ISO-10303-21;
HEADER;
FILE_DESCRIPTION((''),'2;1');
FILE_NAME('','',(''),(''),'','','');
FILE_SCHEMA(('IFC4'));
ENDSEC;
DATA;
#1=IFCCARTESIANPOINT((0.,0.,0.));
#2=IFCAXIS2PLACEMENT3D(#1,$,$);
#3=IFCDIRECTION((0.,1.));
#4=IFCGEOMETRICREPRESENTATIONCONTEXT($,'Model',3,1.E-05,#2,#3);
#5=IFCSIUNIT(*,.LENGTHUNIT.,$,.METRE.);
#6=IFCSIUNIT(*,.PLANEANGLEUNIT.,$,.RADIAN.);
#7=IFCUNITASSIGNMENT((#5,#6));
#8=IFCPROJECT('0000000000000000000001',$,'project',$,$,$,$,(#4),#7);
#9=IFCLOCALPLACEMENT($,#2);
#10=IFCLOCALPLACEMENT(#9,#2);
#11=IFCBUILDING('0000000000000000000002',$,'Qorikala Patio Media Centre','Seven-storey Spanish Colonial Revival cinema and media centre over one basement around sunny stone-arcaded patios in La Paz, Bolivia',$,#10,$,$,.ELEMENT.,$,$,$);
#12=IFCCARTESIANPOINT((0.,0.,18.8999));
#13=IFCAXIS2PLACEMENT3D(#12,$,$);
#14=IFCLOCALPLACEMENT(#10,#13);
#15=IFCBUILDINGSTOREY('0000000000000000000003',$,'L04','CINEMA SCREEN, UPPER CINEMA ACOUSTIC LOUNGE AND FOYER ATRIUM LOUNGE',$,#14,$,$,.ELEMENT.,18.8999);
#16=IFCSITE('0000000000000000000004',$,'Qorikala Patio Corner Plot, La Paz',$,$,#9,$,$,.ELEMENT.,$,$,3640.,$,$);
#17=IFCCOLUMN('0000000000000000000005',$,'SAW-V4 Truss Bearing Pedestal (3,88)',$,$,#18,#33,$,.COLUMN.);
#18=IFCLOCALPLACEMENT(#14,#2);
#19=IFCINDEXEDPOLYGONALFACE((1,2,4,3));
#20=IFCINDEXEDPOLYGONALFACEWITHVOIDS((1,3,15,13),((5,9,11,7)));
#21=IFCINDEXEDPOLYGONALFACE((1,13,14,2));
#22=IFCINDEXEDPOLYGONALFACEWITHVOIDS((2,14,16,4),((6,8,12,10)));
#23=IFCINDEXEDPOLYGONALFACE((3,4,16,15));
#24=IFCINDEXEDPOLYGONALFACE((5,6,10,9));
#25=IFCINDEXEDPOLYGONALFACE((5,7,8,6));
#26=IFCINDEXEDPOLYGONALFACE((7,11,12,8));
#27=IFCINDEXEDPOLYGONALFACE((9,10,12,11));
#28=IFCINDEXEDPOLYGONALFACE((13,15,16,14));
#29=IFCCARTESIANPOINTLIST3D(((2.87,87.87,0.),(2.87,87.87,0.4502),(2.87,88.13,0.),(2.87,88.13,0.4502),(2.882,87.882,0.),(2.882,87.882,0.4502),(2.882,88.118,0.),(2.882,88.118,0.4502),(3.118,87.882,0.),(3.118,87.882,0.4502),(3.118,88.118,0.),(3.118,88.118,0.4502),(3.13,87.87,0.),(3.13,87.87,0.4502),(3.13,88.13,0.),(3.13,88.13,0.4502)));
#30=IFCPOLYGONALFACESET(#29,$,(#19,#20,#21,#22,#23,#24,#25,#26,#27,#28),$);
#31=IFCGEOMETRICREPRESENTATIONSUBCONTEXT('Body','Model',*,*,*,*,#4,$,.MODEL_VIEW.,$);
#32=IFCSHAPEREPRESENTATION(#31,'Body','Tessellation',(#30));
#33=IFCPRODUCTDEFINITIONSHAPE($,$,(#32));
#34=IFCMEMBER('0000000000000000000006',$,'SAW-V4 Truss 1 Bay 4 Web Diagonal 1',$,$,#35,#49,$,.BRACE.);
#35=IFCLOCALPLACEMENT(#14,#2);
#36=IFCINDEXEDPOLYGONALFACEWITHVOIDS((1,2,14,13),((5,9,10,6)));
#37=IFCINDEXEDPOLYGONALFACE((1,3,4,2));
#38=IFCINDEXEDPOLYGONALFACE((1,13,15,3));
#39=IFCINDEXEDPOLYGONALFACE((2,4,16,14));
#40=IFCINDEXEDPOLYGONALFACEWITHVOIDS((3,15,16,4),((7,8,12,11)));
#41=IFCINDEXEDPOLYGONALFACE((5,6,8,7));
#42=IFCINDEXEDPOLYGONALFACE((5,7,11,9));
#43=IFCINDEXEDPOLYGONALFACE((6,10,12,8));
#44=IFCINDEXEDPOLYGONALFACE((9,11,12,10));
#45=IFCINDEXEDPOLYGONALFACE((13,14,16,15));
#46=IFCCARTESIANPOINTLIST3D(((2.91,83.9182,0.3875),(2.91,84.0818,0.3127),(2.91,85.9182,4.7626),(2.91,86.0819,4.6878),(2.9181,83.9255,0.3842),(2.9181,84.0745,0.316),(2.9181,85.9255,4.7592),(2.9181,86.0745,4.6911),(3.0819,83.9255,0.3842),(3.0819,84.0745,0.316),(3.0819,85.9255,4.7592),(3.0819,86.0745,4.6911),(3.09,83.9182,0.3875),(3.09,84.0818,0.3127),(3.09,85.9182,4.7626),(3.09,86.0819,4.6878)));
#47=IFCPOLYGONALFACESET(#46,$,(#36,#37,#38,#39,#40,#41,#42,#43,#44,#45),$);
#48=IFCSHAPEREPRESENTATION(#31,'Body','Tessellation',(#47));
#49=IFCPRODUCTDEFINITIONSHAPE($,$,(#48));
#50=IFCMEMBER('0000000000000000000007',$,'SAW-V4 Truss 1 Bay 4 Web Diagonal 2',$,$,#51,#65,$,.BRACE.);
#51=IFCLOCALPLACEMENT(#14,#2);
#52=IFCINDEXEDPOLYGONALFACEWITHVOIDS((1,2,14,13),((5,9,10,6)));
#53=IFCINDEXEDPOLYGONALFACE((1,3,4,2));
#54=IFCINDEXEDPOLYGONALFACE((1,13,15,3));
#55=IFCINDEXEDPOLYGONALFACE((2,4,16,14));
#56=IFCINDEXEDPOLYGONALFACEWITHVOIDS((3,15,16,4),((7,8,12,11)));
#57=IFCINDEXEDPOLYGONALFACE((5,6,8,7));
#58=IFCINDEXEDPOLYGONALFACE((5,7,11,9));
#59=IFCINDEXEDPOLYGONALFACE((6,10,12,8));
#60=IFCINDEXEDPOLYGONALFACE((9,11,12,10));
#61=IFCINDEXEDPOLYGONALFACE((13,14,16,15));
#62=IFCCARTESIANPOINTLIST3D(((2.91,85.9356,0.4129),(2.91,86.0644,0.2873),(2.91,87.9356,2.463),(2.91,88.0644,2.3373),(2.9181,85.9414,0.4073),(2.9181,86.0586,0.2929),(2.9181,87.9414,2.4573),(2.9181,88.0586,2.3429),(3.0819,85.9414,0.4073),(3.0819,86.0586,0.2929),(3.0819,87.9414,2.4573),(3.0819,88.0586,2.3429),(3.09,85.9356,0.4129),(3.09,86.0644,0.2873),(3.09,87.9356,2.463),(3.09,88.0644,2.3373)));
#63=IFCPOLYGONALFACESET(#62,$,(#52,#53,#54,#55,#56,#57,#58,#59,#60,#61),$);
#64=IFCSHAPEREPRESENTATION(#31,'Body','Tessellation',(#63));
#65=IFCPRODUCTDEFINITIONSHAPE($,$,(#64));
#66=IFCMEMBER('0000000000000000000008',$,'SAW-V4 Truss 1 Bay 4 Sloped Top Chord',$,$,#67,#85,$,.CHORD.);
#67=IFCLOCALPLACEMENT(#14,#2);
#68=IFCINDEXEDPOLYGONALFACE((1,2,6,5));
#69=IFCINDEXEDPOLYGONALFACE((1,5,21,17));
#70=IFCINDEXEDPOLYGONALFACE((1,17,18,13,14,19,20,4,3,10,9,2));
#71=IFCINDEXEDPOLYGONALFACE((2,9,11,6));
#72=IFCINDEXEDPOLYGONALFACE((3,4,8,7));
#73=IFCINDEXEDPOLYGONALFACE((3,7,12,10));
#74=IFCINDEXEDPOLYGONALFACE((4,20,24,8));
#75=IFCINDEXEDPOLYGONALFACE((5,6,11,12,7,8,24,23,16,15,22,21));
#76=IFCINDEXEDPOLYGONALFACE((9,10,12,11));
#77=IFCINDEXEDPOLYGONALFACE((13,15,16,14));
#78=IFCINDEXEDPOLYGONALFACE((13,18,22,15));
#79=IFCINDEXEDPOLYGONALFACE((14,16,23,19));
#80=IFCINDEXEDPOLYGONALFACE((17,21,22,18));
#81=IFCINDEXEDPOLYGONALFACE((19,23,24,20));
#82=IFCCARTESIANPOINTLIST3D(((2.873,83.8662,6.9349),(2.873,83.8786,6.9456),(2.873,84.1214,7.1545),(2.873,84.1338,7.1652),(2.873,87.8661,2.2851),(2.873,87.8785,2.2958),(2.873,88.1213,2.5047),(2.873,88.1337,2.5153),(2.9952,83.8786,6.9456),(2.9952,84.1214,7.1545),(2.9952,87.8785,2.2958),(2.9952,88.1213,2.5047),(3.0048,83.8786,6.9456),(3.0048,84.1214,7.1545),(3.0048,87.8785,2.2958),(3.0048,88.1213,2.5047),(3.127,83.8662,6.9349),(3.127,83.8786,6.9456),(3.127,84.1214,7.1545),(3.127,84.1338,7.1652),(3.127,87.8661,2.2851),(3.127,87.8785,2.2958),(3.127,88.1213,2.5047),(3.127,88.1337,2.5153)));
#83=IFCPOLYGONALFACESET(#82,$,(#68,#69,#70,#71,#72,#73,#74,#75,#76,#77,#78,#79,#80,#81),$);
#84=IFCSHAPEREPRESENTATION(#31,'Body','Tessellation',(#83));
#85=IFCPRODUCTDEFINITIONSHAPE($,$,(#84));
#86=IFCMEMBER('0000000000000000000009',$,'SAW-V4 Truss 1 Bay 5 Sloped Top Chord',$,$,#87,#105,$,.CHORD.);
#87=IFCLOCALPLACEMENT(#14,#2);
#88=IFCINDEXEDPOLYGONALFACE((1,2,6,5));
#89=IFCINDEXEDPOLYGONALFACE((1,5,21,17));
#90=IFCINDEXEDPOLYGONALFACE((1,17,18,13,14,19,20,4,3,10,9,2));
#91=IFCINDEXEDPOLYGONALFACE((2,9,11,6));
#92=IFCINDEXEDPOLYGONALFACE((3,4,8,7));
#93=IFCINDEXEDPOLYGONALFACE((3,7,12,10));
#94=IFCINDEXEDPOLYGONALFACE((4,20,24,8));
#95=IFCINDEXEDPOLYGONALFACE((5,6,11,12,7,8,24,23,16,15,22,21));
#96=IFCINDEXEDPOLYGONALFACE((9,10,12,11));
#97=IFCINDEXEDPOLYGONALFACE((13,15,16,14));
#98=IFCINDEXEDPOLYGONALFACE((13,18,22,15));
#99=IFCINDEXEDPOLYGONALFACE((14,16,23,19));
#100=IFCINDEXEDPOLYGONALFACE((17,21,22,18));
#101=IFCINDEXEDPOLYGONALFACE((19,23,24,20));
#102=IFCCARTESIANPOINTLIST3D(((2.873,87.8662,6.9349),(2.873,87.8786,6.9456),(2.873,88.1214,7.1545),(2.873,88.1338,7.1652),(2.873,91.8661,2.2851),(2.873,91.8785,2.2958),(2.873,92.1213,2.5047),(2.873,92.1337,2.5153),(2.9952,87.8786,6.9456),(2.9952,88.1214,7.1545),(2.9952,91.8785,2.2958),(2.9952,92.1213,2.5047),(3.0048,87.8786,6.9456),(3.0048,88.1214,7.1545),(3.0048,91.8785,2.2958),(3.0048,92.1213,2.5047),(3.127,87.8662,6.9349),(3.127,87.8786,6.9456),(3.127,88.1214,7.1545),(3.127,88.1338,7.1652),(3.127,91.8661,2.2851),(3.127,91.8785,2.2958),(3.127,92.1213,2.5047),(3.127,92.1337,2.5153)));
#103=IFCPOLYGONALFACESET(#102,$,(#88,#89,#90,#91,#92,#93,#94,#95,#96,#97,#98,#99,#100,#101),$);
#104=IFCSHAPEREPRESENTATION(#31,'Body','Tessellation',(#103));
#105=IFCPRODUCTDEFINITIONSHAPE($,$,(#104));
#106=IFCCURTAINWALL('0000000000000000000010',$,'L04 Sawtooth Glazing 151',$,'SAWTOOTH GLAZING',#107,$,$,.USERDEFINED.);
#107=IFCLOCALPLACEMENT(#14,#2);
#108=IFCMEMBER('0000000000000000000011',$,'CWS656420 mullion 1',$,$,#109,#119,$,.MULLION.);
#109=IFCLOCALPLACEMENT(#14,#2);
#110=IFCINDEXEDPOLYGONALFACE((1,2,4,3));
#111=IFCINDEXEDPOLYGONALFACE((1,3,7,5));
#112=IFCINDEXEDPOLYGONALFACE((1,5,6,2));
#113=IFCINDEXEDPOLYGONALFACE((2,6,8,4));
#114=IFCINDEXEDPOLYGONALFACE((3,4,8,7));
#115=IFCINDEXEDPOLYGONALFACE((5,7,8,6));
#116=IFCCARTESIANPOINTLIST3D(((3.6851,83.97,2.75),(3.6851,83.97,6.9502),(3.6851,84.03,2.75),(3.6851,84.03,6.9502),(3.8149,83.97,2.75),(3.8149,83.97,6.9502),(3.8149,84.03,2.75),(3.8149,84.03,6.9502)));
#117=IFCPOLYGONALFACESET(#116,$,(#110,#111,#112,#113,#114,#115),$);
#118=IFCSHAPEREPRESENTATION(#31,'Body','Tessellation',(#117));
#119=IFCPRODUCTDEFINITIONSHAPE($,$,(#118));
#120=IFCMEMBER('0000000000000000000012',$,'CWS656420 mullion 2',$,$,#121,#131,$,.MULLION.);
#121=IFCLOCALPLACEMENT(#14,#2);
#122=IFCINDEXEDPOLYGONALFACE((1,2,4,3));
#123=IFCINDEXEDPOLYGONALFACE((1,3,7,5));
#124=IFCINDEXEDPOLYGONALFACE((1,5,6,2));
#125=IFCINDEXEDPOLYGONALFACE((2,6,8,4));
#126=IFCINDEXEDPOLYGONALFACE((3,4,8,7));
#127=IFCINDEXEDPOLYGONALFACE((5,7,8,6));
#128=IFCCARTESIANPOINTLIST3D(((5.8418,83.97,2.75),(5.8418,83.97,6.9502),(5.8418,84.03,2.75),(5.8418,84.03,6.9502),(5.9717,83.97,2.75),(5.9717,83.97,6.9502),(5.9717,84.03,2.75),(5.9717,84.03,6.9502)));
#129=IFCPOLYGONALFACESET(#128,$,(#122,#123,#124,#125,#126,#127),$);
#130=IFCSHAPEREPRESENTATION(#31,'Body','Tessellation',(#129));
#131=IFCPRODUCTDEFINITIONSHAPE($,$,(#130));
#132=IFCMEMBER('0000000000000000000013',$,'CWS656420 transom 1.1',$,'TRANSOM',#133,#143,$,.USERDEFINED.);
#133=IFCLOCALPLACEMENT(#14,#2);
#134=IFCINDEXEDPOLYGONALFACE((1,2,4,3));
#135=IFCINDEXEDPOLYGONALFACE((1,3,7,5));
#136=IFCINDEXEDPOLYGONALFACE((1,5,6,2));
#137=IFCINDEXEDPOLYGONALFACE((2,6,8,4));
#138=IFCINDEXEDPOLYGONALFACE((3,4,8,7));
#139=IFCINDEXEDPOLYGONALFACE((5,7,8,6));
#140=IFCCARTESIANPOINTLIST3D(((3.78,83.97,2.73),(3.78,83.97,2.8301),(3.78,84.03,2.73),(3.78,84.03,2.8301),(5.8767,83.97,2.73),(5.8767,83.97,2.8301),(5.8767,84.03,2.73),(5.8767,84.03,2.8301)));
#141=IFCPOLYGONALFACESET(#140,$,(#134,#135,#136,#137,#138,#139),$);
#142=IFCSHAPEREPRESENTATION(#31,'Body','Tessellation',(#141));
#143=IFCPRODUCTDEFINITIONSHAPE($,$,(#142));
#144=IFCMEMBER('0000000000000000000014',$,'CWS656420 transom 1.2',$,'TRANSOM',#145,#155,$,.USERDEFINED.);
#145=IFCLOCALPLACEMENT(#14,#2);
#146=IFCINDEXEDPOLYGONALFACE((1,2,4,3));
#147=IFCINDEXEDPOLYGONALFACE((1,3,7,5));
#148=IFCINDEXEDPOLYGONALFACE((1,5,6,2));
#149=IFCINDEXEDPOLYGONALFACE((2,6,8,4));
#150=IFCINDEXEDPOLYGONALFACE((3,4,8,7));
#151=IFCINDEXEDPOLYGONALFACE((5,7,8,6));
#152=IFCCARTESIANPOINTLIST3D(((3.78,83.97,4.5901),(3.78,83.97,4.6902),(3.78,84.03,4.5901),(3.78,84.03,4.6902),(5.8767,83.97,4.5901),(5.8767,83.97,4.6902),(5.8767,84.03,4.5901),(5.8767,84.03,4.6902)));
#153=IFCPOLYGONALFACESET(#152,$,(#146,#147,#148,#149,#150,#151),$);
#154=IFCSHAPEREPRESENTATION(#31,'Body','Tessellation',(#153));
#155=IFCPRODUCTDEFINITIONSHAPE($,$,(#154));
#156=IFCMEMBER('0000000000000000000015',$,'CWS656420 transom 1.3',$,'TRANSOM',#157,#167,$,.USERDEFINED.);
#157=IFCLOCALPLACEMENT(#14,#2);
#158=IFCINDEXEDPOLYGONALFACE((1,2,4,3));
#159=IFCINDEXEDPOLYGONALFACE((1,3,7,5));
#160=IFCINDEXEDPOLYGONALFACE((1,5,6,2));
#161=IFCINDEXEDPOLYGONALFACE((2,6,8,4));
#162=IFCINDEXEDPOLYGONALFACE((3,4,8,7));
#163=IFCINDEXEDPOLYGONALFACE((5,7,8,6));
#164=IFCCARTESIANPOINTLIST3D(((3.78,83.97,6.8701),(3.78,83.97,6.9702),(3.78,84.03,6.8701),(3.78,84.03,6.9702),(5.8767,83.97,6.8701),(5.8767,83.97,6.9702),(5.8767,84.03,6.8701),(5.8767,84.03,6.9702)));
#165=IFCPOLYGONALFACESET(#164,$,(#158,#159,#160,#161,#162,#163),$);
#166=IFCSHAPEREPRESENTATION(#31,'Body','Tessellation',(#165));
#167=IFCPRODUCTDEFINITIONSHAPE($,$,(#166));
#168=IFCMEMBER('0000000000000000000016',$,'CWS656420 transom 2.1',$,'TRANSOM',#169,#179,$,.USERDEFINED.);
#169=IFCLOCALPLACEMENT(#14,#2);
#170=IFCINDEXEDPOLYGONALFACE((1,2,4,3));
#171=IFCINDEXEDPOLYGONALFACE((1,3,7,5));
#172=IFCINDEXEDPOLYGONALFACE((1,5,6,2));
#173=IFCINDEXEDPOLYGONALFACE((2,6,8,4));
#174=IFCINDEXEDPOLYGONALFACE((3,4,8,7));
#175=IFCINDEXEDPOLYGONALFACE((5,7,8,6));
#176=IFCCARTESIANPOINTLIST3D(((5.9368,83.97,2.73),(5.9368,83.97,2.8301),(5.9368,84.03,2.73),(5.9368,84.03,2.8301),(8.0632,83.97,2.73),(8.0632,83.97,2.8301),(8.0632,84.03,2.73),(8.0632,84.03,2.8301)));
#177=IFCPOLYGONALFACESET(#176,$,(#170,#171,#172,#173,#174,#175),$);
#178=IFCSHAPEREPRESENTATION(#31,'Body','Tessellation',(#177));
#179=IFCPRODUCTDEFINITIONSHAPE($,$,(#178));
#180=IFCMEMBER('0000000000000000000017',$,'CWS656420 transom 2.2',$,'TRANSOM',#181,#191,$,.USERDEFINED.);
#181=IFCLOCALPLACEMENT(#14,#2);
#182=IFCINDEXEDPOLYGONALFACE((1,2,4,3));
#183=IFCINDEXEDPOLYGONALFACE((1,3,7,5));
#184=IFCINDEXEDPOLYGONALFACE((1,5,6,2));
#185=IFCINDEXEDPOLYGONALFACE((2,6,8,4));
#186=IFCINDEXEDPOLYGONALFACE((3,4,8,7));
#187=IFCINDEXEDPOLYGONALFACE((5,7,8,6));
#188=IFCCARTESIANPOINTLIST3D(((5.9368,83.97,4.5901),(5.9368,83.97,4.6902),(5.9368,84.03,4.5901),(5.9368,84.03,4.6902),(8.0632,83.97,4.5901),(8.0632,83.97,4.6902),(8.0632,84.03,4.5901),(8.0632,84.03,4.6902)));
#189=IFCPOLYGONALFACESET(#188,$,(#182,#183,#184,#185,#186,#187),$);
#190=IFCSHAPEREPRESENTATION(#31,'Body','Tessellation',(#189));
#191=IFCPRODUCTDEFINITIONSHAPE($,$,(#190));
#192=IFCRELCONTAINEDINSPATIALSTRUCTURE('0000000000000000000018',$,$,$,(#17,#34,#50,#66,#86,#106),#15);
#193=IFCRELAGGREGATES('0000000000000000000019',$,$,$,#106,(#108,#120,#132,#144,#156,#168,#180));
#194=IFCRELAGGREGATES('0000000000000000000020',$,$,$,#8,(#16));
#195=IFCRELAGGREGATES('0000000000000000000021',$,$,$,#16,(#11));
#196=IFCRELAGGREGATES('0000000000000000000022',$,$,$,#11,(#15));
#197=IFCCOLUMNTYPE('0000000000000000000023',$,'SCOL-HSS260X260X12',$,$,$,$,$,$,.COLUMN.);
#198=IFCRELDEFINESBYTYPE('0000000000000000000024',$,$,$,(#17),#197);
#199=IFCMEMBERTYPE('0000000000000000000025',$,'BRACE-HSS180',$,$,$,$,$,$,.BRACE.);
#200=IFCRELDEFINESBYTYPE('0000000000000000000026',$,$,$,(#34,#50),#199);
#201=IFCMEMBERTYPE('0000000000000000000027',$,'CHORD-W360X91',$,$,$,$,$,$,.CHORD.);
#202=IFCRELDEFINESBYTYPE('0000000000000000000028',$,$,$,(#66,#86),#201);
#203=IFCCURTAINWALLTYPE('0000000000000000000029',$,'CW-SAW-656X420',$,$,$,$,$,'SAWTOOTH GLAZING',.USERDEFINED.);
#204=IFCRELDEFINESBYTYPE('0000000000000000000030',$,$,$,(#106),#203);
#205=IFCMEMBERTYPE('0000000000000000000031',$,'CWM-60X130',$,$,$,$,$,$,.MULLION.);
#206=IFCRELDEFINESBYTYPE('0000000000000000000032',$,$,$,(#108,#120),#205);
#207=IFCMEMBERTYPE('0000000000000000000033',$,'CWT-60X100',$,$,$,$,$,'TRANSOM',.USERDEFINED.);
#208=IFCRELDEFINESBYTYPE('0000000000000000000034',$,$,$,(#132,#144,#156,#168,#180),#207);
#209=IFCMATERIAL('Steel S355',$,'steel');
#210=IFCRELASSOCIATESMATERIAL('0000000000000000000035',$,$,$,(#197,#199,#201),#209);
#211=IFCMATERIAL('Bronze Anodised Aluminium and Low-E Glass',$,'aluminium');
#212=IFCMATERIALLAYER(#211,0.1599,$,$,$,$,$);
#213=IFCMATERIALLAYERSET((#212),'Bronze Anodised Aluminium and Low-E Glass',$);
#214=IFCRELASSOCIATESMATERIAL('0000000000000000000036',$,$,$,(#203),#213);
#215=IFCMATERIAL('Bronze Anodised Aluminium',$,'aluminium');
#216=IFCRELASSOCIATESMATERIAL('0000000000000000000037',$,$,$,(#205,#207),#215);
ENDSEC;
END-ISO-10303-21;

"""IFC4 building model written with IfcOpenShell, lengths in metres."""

from ifc_helpers import new_model, si_unit, direction, frame, origin, origin_2d, place, context, subcontext, project, spatial, rectangle, hollow_rectangle, i_section, extrude, material, layer, layer_set, material_profile, profile_set, type_object, element, aggregate, save


model = new_model("IFC4")

# Units and contexts
model_context = context("Model", 3, precision=1e-05, world=origin(), true_north=direction((0.0, 1.0)))
body_context = subcontext(model_context, "Body", "Model", "MODEL_VIEW")
ifc_project = project(units=[si_unit("LENGTHUNIT", "METRE"), si_unit("PLANEANGLEUNIT", "RADIAN")], contexts=[model_context])

# Site, building, storey
site_placement = place(None, origin())
site = spatial("IfcSite", under=ifc_project, at=site_placement, Name="Qorikala Patio Corner Plot, La Paz", CompositionType="ELEMENT", RefElevation=3640.0)
building_placement = place(site_placement, origin())
building = spatial("IfcBuilding", under=site, at=building_placement, Name="Qorikala Patio Media Centre", Description="Seven-storey Spanish Colonial Revival cinema and media centre over one basement around sunny stone-arcaded patios in La Paz, Bolivia", CompositionType="ELEMENT")
storey_placement = place(building_placement, frame((0.0, 0.0, 18.8999)))
storey = spatial("IfcBuildingStorey", under=building, at=storey_placement, Name="L04", Description="CINEMA SCREEN, UPPER CINEMA ACOUSTIC LOUNGE AND FOYER ATRIUM LOUNGE", CompositionType="ELEMENT", Elevation=18.8999)

# Column
ifc_material_1 = material(Name="Steel S355", Category="steel")
ifc_material_profile_1 = material_profile(ifc_material_1, hollow_rectangle(XDim=0.26, YDim=0.26, WallThickness=0.012, at=origin_2d()), Name="HSS260X260X12")
ifc_profile_set_1 = profile_set([ifc_material_profile_1], Name="Steel S355")
column_type = type_object("IfcColumnType", Name="SCOL-HSS260X260X12", PredefinedType="COLUMN", material=ifc_profile_set_1)
column_placement = place(storey_placement, frame((3.0, 88.0, 0.0), z_axis=(0.0, 0.0, 1.0), x_axis=(1.0, 0.0, 0.0)))
element("IfcColumn", 1, at=column_placement, inside=storey, type_object=column_type, Name="SAW-V4 Truss Bearing Pedestal (3,88)", PredefinedType="COLUMN", context=body_context, shape_type="SweptSolid", body=[
    extrude(hollow_rectangle(XDim=0.26, YDim=0.26, WallThickness=0.012, at=origin_2d()), origin(), (0.0, 0.0, 1.0), 0.4502),
])

# Members
ifc_material_profile_2 = material_profile(ifc_material_1, hollow_rectangle(XDim=0.1799, YDim=0.1799, WallThickness=0.0081, at=origin_2d()), Name="HSS180X180X8")
ifc_profile_set_2 = profile_set([ifc_material_profile_2], Name="Steel S355")
member_type_1 = type_object("IfcMemberType", Name="BRACE-HSS180", PredefinedType="BRACE", material=ifc_profile_set_2)
member_1_placement = place(storey_placement, frame((3.0, 84.0, 0.3501), z_axis=(0.0, 0.41576, 0.909474), x_axis=(-1.0, 0.0, 0.0)))
element("IfcMember", 2, at=member_1_placement, inside=storey, type_object=member_type_1, Name="SAW-V4 Truss 1 Bay 4 Web Diagonal 1", PredefinedType="BRACE", context=body_context, shape_type="SweptSolid", body=[
    extrude(hollow_rectangle(XDim=0.1799, YDim=0.1799, WallThickness=0.0081, at=origin_2d()), origin(), (0.0, 0.0, 1.0), 4.8105),
])
member_2_placement = place(storey_placement, frame((3.0, 86.0, 0.3501), z_axis=(0.0, 0.698315, 0.71579), x_axis=(-1.0, 0.0, 0.0)))
element("IfcMember", 3, at=member_2_placement, inside=storey, type_object=member_type_1, Name="SAW-V4 Truss 1 Bay 4 Web Diagonal 2", PredefinedType="BRACE", context=body_context, shape_type="SweptSolid", body=[
    extrude(hollow_rectangle(XDim=0.1799, YDim=0.1799, WallThickness=0.0081, at=origin_2d()), origin(), (0.0, 0.0, 1.0), 2.864),
])
ifc_material_profile_3 = material_profile(ifc_material_1, i_section(OverallWidth=0.2539, OverallDepth=0.353, WebThickness=0.0095, FlangeThickness=0.0164, at=origin_2d()), Name="W360X91")
ifc_profile_set_3 = profile_set([ifc_material_profile_3], Name="Steel S355")
member_type_2 = type_object("IfcMemberType", Name="CHORD-W360X91", PredefinedType="CHORD", material=ifc_profile_set_3)
for number, where, z_axis, x_axis, name in (
    (4, (3.0, 84.0, 7.05), (0.0, 0.652141, -0.758098), (-1.0, 0.0, 0.0), "SAW-V4 Truss 1 Bay 4 Sloped Top Chord"),
    (5, (3.0, 88.0, 7.05), (0.0, 0.652141, -0.758098), (-1.0, 0.0, 0.0), "SAW-V4 Truss 1 Bay 5 Sloped Top Chord"),
):
    element("IfcMember", number, at=place(storey_placement, frame(where, z_axis=z_axis, x_axis=x_axis)), inside=storey, type_object=member_type_2, Name=name, PredefinedType="CHORD", context=body_context, shape_type="SweptSolid", body=[
        extrude(i_section(OverallWidth=0.2539, OverallDepth=0.353, WebThickness=0.0095, FlangeThickness=0.0164, at=origin_2d()), origin(), (0.0, 0.0, 1.0), 6.1335),
    ])

# Curtain wall, members
ifc_material_2 = material(Name="Bronze Anodised Aluminium and Low-E Glass", Category="aluminium")
ifc_layer_1 = layer(ifc_material_2, 0.1599)
ifc_layer_set_1 = layer_set([ifc_layer_1], Name="Bronze Anodised Aluminium and Low-E Glass")
curtain_wall_type = type_object("IfcCurtainWallType", Name="CW-SAW-656X420", ElementType="SAWTOOTH GLAZING", PredefinedType="USERDEFINED", material=ifc_layer_set_1)
curtain_wall_placement = place(storey_placement, origin())
curtain_wall = element("IfcCurtainWall", 6, at=curtain_wall_placement, inside=storey, type_object=curtain_wall_type, Name="L04 Sawtooth Glazing 151", ObjectType="SAWTOOTH GLAZING", PredefinedType="USERDEFINED")
ifc_material_3 = material(Name="Bronze Anodised Aluminium", Category="aluminium")
ifc_material_profile_4 = material_profile(ifc_material_3, rectangle(XDim=0.0601, YDim=0.1299, at=origin_2d()), Name="ALU MULLION 60x130")
ifc_profile_set_4 = profile_set([ifc_material_profile_4], Name="Bronze Anodised Aluminium")
member_type_3 = type_object("IfcMemberType", Name="CWM-60X130", PredefinedType="MULLION", material=ifc_profile_set_4)
member_3_placement = place(storey_placement, frame((3.75, 84.0, 2.75), z_axis=(0.0, 0.0, 1.0), x_axis=(0.0, 1.0, 0.0)))
member_3 = element("IfcMember", 7, at=member_3_placement, type_object=member_type_3, Name="CWS656420 mullion 1", PredefinedType="MULLION", context=body_context, shape_type="SweptSolid", body=[
    extrude(rectangle(XDim=0.0601, YDim=0.1299, at=origin_2d()), origin(), (0.0, 0.0, 1.0), 4.2002),
])
member_4_placement = place(storey_placement, frame((5.9067, 84.0, 2.75), z_axis=(0.0, 0.0, 1.0), x_axis=(0.0, 1.0, 0.0)))
member_4 = element("IfcMember", 8, at=member_4_placement, type_object=member_type_3, Name="CWS656420 mullion 2", PredefinedType="MULLION", context=body_context, shape_type="SweptSolid", body=[
    extrude(rectangle(XDim=0.0601, YDim=0.1299, at=origin_2d()), origin(), (0.0, 0.0, 1.0), 4.2002),
])
ifc_material_profile_5 = material_profile(ifc_material_3, rectangle(XDim=0.0601, YDim=0.1001, at=origin_2d()), Name="ALU TRANSOM 60x100")
ifc_profile_set_5 = profile_set([ifc_material_profile_5], Name="Bronze Anodised Aluminium")
member_type_4 = type_object("IfcMemberType", Name="CWT-60X100", ElementType="TRANSOM", PredefinedType="USERDEFINED", material=ifc_profile_set_5)
member_5_placement = place(storey_placement, frame((3.78, 84.0, 2.78), z_axis=(1.0, 0.0, 0.0), x_axis=(0.0, 1.0, 0.0)))
member_5 = element("IfcMember", 9, at=member_5_placement, type_object=member_type_4, Name="CWS656420 transom 1.1", ObjectType="TRANSOM", PredefinedType="USERDEFINED", context=body_context, shape_type="SweptSolid", body=[
    extrude(rectangle(XDim=0.0601, YDim=0.1001, at=origin_2d()), origin(), (0.0, 0.0, 1.0), 2.0967),
])
member_6_placement = place(storey_placement, frame((3.78, 84.0, 4.6401), z_axis=(1.0, 0.0, 0.0), x_axis=(0.0, 1.0, 0.0)))
member_6 = element("IfcMember", 10, at=member_6_placement, type_object=member_type_4, Name="CWS656420 transom 1.2", ObjectType="TRANSOM", PredefinedType="USERDEFINED", context=body_context, shape_type="SweptSolid", body=[
    extrude(rectangle(XDim=0.0601, YDim=0.1001, at=origin_2d()), origin(), (0.0, 0.0, 1.0), 2.0967),
])
member_7_placement = place(storey_placement, frame((3.78, 84.0, 6.9202), z_axis=(1.0, 0.0, 0.0), x_axis=(0.0, 1.0, 0.0)))
member_7 = element("IfcMember", 11, at=member_7_placement, type_object=member_type_4, Name="CWS656420 transom 1.3", ObjectType="TRANSOM", PredefinedType="USERDEFINED", context=body_context, shape_type="SweptSolid", body=[
    extrude(rectangle(XDim=0.0601, YDim=0.1001, at=origin_2d()), origin(), (0.0, 0.0, 1.0), 2.0967),
])
member_8_placement = place(storey_placement, frame((5.9368, 84.0, 2.78), z_axis=(1.0, 0.0, 0.0), x_axis=(0.0, 1.0, 0.0)))
member_8 = element("IfcMember", 12, at=member_8_placement, type_object=member_type_4, Name="CWS656420 transom 2.1", ObjectType="TRANSOM", PredefinedType="USERDEFINED", context=body_context, shape_type="SweptSolid", body=[
    extrude(rectangle(XDim=0.0601, YDim=0.1001, at=origin_2d()), origin(), (0.0, 0.0, 1.0), 2.1265),
])
member_9_placement = place(storey_placement, frame((5.9368, 84.0, 4.6401), z_axis=(1.0, 0.0, 0.0), x_axis=(0.0, 1.0, 0.0)))
member_9 = element("IfcMember", 13, at=member_9_placement, type_object=member_type_4, Name="CWS656420 transom 2.2", ObjectType="TRANSOM", PredefinedType="USERDEFINED", context=body_context, shape_type="SweptSolid", body=[
    extrude(rectangle(XDim=0.0601, YDim=0.1001, at=origin_2d()), origin(), (0.0, 0.0, 1.0), 2.1265),
])

aggregate(curtain_wall, [member_3, member_4, member_5, member_6, member_7, member_8, member_9])

save(model, "model.ifc")
